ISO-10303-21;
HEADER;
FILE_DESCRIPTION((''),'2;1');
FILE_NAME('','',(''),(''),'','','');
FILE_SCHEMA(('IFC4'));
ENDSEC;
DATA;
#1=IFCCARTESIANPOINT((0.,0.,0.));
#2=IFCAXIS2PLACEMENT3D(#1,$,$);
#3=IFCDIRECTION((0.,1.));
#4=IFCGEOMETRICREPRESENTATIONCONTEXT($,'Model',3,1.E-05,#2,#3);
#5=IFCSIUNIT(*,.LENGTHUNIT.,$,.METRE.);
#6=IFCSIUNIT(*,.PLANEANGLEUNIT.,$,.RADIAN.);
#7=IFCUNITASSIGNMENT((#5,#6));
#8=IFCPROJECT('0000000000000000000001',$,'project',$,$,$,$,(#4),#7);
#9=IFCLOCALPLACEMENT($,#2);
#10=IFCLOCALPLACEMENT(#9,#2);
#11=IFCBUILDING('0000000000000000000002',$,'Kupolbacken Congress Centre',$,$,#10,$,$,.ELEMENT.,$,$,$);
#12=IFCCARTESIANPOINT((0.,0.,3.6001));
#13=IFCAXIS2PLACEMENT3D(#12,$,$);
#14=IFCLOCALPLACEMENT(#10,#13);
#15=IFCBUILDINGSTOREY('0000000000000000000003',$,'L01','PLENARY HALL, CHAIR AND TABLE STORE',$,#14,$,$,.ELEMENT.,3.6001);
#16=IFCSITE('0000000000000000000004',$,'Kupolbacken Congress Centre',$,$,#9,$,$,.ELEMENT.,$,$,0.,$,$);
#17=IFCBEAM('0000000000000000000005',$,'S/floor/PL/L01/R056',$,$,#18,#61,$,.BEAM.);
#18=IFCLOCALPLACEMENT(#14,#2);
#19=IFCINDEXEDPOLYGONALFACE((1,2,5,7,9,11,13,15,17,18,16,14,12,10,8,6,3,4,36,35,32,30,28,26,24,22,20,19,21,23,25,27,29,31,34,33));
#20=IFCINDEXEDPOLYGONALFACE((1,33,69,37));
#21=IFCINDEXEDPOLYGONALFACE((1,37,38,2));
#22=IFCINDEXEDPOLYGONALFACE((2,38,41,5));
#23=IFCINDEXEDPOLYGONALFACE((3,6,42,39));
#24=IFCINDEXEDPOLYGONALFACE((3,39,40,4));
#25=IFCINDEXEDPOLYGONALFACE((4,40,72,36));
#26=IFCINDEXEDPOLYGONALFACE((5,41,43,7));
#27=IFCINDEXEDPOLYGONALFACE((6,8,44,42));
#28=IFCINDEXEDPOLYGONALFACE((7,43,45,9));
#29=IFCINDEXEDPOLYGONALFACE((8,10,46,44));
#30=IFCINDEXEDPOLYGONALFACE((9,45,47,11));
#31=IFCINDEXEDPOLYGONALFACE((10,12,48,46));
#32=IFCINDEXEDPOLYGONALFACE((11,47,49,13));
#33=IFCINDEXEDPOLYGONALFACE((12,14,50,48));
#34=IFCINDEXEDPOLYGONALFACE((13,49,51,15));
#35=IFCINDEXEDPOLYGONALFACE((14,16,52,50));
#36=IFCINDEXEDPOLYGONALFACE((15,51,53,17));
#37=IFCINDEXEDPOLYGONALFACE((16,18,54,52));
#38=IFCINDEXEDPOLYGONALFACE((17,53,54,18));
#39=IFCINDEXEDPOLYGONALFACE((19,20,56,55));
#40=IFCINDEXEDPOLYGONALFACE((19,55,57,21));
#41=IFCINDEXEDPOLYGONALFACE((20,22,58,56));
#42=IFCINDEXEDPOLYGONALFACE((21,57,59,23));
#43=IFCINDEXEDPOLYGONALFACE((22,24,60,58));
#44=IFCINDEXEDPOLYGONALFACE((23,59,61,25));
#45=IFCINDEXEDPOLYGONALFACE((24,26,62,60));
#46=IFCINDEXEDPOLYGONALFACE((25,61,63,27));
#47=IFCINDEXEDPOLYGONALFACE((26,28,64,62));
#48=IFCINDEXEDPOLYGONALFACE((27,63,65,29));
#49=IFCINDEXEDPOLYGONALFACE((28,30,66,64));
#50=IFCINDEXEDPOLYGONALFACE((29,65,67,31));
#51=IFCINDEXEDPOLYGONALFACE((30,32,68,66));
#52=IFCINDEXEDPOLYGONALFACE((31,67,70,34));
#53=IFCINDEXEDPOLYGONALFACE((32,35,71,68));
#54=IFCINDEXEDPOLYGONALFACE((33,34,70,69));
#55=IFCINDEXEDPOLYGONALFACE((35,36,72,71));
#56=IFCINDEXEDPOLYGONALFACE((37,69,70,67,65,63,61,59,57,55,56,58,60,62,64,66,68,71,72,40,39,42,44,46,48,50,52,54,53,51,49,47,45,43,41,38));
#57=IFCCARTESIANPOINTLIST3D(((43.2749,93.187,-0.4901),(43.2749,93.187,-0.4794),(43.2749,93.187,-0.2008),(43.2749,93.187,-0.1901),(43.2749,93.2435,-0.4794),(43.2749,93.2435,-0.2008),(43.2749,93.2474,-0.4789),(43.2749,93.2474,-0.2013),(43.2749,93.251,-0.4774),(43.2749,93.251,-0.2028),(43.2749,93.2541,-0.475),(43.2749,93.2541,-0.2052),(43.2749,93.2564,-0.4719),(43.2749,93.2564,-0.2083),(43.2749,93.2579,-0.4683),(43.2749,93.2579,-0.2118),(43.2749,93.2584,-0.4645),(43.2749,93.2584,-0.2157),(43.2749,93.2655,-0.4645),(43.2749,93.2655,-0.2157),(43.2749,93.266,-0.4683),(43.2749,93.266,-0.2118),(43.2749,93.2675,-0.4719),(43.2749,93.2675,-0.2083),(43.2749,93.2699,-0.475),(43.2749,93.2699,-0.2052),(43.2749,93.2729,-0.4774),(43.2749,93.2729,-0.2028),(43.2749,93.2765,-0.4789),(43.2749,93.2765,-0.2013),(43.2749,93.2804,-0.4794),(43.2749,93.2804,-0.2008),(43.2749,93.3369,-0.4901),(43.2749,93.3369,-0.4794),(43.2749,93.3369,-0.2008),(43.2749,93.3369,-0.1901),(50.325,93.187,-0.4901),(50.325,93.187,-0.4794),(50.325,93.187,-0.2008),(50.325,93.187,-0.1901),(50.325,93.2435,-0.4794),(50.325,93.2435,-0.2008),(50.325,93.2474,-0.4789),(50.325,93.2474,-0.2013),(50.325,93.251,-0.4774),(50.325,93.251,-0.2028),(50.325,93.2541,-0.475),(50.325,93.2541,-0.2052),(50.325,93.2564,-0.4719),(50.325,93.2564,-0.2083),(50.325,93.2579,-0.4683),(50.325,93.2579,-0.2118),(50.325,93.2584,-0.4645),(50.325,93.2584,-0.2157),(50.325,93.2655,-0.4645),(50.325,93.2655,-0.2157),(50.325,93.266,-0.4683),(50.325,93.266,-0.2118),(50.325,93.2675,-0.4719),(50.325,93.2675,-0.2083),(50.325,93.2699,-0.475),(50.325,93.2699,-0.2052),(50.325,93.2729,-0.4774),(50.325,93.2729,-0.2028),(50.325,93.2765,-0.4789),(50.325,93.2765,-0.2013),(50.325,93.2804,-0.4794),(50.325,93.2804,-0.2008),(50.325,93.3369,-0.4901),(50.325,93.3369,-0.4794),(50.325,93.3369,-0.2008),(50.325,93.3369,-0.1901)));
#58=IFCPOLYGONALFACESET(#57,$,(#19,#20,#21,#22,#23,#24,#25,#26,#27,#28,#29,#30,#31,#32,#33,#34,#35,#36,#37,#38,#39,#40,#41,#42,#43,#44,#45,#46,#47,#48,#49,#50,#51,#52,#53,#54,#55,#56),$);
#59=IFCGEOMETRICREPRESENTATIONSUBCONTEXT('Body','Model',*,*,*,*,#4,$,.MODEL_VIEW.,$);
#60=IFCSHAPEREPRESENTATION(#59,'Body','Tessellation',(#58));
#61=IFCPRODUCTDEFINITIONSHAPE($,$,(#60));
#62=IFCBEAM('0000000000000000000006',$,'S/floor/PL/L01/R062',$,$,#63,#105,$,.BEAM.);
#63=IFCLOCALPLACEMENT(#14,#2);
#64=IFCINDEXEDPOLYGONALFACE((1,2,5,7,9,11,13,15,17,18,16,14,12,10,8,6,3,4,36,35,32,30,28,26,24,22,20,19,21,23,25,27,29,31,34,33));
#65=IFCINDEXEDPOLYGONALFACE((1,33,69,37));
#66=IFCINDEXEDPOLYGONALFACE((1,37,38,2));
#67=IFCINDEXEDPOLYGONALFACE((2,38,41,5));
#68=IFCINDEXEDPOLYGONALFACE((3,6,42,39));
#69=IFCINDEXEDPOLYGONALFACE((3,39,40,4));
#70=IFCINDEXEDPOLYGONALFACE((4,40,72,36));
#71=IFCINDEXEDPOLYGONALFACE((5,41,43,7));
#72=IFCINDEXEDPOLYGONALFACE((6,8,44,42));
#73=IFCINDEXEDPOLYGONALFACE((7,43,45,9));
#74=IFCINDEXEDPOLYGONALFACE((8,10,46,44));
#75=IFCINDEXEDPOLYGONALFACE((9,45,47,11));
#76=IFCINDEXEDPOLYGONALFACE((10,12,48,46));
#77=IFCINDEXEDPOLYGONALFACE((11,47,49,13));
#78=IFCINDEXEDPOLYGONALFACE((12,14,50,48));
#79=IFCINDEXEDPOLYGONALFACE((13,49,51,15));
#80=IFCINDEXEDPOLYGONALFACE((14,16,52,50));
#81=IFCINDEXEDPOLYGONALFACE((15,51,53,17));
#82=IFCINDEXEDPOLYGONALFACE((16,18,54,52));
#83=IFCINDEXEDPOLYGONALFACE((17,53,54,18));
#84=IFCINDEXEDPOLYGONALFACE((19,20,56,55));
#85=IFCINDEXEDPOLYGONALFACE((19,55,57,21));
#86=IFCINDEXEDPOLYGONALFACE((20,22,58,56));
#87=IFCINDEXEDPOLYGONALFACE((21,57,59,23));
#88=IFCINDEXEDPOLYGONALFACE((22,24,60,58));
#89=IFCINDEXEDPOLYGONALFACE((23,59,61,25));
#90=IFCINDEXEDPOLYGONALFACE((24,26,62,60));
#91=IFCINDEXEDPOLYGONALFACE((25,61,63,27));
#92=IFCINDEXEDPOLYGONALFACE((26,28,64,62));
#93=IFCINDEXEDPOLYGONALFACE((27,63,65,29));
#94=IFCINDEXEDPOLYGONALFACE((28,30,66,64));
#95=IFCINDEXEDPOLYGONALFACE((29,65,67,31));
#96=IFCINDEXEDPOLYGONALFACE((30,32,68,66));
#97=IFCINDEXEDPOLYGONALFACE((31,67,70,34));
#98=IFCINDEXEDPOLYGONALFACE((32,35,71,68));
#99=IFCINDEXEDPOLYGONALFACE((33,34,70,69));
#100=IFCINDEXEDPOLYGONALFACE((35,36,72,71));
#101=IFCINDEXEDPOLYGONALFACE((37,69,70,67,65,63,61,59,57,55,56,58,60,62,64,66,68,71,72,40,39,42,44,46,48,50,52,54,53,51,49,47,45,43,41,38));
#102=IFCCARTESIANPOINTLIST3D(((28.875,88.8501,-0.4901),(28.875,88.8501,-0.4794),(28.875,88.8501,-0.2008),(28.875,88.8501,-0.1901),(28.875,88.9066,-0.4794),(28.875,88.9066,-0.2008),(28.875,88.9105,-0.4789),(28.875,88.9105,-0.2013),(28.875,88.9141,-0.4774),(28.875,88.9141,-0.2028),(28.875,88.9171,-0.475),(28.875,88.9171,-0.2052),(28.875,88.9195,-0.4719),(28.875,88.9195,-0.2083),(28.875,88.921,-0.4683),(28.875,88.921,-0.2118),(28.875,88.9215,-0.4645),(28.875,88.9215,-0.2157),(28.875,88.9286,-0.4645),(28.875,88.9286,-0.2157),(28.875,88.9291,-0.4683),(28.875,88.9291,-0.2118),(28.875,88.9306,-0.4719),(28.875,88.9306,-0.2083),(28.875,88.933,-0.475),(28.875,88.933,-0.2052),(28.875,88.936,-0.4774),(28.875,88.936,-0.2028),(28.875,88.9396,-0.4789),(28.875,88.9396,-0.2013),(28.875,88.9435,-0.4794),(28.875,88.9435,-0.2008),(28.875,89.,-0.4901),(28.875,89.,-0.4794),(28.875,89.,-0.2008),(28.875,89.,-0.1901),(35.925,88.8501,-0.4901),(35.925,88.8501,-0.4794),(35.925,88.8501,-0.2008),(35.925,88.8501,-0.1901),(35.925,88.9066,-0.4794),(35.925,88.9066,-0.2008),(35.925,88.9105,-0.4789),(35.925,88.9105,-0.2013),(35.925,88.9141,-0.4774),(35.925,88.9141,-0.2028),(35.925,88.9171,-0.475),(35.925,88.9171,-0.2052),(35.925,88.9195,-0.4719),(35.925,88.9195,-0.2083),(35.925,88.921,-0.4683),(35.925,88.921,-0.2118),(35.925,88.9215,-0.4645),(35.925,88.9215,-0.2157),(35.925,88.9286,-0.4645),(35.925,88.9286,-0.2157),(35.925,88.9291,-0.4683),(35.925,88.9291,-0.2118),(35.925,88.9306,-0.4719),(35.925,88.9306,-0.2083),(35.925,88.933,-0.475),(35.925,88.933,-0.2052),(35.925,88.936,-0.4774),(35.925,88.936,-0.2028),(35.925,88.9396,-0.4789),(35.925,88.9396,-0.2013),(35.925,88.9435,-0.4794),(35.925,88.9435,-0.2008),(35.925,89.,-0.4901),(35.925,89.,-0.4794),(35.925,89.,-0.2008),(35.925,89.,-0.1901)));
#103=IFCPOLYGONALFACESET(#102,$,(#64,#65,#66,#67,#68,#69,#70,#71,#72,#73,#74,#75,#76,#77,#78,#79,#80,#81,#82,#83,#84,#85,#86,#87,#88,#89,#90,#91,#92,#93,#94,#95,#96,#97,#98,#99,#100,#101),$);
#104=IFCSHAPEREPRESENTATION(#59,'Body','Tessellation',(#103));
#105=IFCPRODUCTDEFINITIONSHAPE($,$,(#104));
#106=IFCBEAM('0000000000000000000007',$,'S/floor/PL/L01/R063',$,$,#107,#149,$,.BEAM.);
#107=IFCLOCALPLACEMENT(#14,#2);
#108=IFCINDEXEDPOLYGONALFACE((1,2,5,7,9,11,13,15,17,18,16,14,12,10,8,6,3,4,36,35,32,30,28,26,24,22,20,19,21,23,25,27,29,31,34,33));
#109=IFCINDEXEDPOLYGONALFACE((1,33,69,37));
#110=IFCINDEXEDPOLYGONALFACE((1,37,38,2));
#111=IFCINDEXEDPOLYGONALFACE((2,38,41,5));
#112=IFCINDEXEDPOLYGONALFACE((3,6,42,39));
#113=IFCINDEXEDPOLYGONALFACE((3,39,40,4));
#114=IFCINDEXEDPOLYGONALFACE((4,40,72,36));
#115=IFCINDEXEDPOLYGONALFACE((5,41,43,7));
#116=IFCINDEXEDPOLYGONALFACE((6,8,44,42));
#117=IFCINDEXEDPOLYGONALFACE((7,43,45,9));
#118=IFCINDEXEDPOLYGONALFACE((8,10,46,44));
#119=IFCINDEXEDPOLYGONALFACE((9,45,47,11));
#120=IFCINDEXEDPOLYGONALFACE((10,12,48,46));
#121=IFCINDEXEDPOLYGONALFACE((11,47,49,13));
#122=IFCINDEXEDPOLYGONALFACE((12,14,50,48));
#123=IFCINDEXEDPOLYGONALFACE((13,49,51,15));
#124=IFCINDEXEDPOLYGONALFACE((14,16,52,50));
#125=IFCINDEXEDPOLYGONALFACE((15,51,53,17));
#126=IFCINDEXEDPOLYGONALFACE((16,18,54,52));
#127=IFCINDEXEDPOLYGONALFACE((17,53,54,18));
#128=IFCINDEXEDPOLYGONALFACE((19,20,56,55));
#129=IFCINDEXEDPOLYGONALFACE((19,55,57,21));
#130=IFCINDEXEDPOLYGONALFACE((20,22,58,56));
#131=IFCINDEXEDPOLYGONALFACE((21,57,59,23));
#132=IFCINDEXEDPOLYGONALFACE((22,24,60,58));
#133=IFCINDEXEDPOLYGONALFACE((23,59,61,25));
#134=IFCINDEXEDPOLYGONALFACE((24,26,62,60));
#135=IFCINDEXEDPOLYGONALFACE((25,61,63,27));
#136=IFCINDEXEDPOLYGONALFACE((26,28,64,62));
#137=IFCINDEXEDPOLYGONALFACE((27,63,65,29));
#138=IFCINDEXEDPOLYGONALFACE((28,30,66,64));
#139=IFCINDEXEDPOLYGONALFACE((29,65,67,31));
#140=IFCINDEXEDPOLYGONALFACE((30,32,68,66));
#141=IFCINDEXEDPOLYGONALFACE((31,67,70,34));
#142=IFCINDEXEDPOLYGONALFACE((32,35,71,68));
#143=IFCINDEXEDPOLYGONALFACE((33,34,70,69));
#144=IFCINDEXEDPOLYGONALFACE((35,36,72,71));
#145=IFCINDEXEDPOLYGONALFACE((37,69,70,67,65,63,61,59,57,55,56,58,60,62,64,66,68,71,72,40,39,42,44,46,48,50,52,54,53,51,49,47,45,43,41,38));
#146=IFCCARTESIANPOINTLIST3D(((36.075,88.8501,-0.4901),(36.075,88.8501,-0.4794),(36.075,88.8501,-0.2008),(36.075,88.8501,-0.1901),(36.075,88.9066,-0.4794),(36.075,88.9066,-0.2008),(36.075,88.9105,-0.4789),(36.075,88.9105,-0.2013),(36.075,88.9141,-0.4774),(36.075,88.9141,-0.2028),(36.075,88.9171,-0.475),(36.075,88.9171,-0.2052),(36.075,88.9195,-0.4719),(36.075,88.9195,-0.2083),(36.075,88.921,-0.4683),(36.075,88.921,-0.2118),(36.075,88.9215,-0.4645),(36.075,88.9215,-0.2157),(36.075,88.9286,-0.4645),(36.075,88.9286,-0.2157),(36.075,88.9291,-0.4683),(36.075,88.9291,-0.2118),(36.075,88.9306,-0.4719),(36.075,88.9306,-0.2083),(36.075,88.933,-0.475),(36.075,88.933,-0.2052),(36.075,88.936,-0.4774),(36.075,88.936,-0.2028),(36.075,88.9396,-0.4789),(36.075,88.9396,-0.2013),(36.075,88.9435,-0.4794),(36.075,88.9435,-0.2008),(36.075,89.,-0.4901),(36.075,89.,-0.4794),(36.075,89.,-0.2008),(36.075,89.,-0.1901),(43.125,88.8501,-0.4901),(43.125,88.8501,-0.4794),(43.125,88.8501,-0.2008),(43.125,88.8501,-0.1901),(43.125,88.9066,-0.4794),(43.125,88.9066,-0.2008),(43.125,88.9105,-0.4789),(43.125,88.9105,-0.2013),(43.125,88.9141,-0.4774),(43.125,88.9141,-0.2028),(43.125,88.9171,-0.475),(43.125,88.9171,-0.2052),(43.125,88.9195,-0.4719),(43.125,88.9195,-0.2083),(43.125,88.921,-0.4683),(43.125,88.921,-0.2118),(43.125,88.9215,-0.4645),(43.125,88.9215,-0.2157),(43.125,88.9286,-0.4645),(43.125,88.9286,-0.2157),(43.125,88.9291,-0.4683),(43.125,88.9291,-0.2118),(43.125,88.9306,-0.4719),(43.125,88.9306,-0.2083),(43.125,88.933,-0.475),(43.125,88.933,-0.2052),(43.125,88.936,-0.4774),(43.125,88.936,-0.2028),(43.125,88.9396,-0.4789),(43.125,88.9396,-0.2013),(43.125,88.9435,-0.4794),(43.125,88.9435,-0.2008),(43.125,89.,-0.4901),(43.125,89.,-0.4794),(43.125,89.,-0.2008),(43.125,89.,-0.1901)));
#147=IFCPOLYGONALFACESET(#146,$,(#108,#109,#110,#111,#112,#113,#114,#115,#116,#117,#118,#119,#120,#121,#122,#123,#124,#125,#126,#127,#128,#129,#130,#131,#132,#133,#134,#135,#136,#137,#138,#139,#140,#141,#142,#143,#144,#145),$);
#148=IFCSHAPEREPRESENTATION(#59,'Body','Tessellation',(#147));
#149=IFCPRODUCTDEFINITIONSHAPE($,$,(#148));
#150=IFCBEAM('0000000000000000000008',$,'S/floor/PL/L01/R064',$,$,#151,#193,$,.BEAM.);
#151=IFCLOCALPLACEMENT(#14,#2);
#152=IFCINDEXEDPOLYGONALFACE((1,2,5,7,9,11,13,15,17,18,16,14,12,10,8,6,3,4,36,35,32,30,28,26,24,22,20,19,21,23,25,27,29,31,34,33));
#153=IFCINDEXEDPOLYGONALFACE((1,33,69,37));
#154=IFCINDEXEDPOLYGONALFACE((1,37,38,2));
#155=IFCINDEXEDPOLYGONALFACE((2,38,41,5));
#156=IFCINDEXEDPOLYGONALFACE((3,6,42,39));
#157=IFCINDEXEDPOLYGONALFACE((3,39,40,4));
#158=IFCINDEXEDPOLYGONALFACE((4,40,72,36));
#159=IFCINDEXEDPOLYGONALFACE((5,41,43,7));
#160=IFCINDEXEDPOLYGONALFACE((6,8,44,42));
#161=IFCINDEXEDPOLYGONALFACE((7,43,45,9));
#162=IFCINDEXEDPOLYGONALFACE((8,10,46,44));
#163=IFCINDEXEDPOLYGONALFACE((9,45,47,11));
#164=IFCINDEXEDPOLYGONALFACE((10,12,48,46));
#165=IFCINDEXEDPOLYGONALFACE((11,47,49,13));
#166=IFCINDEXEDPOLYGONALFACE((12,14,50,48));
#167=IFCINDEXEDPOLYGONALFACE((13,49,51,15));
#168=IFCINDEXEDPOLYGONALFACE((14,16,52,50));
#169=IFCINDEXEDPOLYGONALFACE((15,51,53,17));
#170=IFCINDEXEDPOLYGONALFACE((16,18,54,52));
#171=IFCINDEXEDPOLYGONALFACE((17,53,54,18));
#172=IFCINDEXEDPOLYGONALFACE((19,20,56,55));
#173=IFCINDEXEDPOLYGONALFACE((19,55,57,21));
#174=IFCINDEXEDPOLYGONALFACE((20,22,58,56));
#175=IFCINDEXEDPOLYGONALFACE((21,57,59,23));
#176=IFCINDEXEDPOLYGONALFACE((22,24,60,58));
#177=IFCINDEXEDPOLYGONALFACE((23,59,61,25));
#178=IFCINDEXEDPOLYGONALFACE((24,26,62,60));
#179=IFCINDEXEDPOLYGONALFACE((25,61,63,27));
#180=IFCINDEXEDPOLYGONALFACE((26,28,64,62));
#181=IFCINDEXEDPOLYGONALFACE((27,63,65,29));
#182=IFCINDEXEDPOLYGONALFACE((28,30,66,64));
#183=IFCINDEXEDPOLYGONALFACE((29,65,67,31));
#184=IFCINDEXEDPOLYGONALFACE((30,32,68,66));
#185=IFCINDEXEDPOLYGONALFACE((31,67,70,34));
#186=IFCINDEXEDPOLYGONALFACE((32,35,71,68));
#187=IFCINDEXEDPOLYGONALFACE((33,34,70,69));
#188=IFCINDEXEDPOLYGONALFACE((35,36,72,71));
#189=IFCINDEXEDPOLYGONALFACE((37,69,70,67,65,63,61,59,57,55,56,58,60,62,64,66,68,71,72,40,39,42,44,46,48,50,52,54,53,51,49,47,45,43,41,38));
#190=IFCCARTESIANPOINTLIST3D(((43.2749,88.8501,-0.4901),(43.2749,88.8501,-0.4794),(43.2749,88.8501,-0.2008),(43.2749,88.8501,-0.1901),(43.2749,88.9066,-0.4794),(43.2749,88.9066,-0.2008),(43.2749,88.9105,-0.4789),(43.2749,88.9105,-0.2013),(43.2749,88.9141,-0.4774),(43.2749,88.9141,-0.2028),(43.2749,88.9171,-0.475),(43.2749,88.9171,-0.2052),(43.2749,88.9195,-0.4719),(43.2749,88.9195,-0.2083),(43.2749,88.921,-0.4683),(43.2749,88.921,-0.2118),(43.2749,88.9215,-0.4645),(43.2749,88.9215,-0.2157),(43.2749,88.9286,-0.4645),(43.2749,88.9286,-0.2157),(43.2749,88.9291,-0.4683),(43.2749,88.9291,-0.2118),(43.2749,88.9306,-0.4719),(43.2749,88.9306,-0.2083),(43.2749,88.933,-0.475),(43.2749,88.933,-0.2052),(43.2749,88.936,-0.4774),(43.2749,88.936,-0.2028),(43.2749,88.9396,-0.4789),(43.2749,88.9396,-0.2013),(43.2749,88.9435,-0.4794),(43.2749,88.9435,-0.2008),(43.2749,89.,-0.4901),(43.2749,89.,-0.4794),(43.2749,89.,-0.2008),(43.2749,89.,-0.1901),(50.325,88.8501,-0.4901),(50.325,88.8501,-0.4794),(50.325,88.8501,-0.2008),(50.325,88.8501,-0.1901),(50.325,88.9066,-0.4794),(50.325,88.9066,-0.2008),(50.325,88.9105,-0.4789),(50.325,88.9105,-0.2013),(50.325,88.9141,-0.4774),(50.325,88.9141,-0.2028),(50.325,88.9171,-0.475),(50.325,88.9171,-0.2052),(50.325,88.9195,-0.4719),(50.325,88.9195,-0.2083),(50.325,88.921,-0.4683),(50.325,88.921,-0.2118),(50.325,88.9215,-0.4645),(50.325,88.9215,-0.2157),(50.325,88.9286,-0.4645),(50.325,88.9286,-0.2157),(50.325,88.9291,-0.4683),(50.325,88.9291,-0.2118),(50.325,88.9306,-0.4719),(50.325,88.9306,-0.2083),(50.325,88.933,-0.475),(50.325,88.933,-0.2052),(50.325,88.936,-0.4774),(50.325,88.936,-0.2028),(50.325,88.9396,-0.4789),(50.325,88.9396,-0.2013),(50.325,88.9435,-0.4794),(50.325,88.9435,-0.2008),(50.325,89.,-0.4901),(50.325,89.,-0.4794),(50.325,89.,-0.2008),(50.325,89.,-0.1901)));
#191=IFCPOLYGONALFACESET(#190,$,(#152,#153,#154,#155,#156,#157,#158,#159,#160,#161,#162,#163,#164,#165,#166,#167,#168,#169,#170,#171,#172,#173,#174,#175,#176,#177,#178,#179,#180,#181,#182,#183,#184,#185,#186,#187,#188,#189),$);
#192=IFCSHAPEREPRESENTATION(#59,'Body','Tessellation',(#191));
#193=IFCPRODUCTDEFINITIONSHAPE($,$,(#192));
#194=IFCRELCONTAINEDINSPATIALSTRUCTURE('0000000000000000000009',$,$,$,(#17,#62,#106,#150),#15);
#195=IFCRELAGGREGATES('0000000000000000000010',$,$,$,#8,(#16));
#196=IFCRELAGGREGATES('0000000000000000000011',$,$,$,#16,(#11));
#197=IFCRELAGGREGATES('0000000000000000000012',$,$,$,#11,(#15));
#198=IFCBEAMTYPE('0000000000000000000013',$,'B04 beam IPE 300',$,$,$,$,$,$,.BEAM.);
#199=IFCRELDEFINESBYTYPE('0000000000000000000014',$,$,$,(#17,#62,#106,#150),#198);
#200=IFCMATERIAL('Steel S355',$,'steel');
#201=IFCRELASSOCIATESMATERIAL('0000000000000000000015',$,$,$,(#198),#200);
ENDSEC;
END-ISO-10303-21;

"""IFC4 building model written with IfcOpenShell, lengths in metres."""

from ifc_helpers import new_model, si_unit, direction, frame, origin, origin_2d, place, context, subcontext, project, spatial, i_section, extrude, material, material_profile, profile_set, type_object, element, save


model = new_model("IFC4")

# Units and contexts
model_context = context("Model", 3, precision=1e-05, world=origin(), true_north=direction((0.0, 1.0)))
body_context = subcontext(model_context, "Body", "Model", "MODEL_VIEW")
ifc_project = project(units=[si_unit("LENGTHUNIT", "METRE"), si_unit("PLANEANGLEUNIT", "RADIAN")], contexts=[model_context])

# Site, building, storey
site_placement = place(None, origin())
site = spatial("IfcSite", under=ifc_project, at=site_placement, Name="Kupolbacken Congress Centre", CompositionType="ELEMENT", RefElevation=0.0)
building_placement = place(site_placement, origin())
building = spatial("IfcBuilding", under=site, at=building_placement, Name="Kupolbacken Congress Centre", CompositionType="ELEMENT")
storey_placement = place(building_placement, frame((0.0, 0.0, 3.6001)))
storey = spatial("IfcBuildingStorey", under=building, at=storey_placement, Name="L01", Description="PLENARY HALL, CHAIR AND TABLE STORE", CompositionType="ELEMENT", Elevation=3.6001)

# Beams
ifc_material_1 = material(Name="Steel S355", Category="steel")
ifc_material_profile_1 = material_profile(ifc_material_1, i_section(OverallWidth=0.1499, OverallDepth=0.3, WebThickness=0.0071, FlangeThickness=0.0107, FilletRadius=0.0149, at=origin_2d()), Name="IPE 300")
ifc_profile_set_1 = profile_set([ifc_material_profile_1], Name="Steel S355")
beam_type_1 = type_object("IfcBeamType", Name="B04 beam IPE 300", PredefinedType="BEAM", material=ifc_profile_set_1)
for number, where, z_axis, x_axis, name in (
    (1, (43.2749, 93.262, -0.3401), (1.0, 0.0, 0.0), (0.0, 1.0, 0.0), "S/floor/PL/L01/R056"),
    (2, (28.875, 88.925, -0.3401), (1.0, 0.0, 0.0), (0.0, 1.0, 0.0), "S/floor/PL/L01/R062"),
    (3, (36.075, 88.925, -0.3401), (1.0, 0.0, 0.0), (0.0, 1.0, 0.0), "S/floor/PL/L01/R063"),
    (4, (43.2749, 88.925, -0.3401), (1.0, 0.0, 0.0), (0.0, 1.0, 0.0), "S/floor/PL/L01/R064"),
):
    element("IfcBeam", number, at=place(storey_placement, frame(where, z_axis=z_axis, x_axis=x_axis)), inside=storey, type_object=beam_type_1, Name=name, PredefinedType="BEAM", context=body_context, shape_type="SweptSolid", body=[
        extrude(i_section(OverallWidth=0.1499, OverallDepth=0.3, WebThickness=0.0071, FlangeThickness=0.0107, FilletRadius=0.0149, at=origin_2d()), origin(), (0.0, 0.0, 1.0), 7.05),
    ])

save(model, "model.ifc")
